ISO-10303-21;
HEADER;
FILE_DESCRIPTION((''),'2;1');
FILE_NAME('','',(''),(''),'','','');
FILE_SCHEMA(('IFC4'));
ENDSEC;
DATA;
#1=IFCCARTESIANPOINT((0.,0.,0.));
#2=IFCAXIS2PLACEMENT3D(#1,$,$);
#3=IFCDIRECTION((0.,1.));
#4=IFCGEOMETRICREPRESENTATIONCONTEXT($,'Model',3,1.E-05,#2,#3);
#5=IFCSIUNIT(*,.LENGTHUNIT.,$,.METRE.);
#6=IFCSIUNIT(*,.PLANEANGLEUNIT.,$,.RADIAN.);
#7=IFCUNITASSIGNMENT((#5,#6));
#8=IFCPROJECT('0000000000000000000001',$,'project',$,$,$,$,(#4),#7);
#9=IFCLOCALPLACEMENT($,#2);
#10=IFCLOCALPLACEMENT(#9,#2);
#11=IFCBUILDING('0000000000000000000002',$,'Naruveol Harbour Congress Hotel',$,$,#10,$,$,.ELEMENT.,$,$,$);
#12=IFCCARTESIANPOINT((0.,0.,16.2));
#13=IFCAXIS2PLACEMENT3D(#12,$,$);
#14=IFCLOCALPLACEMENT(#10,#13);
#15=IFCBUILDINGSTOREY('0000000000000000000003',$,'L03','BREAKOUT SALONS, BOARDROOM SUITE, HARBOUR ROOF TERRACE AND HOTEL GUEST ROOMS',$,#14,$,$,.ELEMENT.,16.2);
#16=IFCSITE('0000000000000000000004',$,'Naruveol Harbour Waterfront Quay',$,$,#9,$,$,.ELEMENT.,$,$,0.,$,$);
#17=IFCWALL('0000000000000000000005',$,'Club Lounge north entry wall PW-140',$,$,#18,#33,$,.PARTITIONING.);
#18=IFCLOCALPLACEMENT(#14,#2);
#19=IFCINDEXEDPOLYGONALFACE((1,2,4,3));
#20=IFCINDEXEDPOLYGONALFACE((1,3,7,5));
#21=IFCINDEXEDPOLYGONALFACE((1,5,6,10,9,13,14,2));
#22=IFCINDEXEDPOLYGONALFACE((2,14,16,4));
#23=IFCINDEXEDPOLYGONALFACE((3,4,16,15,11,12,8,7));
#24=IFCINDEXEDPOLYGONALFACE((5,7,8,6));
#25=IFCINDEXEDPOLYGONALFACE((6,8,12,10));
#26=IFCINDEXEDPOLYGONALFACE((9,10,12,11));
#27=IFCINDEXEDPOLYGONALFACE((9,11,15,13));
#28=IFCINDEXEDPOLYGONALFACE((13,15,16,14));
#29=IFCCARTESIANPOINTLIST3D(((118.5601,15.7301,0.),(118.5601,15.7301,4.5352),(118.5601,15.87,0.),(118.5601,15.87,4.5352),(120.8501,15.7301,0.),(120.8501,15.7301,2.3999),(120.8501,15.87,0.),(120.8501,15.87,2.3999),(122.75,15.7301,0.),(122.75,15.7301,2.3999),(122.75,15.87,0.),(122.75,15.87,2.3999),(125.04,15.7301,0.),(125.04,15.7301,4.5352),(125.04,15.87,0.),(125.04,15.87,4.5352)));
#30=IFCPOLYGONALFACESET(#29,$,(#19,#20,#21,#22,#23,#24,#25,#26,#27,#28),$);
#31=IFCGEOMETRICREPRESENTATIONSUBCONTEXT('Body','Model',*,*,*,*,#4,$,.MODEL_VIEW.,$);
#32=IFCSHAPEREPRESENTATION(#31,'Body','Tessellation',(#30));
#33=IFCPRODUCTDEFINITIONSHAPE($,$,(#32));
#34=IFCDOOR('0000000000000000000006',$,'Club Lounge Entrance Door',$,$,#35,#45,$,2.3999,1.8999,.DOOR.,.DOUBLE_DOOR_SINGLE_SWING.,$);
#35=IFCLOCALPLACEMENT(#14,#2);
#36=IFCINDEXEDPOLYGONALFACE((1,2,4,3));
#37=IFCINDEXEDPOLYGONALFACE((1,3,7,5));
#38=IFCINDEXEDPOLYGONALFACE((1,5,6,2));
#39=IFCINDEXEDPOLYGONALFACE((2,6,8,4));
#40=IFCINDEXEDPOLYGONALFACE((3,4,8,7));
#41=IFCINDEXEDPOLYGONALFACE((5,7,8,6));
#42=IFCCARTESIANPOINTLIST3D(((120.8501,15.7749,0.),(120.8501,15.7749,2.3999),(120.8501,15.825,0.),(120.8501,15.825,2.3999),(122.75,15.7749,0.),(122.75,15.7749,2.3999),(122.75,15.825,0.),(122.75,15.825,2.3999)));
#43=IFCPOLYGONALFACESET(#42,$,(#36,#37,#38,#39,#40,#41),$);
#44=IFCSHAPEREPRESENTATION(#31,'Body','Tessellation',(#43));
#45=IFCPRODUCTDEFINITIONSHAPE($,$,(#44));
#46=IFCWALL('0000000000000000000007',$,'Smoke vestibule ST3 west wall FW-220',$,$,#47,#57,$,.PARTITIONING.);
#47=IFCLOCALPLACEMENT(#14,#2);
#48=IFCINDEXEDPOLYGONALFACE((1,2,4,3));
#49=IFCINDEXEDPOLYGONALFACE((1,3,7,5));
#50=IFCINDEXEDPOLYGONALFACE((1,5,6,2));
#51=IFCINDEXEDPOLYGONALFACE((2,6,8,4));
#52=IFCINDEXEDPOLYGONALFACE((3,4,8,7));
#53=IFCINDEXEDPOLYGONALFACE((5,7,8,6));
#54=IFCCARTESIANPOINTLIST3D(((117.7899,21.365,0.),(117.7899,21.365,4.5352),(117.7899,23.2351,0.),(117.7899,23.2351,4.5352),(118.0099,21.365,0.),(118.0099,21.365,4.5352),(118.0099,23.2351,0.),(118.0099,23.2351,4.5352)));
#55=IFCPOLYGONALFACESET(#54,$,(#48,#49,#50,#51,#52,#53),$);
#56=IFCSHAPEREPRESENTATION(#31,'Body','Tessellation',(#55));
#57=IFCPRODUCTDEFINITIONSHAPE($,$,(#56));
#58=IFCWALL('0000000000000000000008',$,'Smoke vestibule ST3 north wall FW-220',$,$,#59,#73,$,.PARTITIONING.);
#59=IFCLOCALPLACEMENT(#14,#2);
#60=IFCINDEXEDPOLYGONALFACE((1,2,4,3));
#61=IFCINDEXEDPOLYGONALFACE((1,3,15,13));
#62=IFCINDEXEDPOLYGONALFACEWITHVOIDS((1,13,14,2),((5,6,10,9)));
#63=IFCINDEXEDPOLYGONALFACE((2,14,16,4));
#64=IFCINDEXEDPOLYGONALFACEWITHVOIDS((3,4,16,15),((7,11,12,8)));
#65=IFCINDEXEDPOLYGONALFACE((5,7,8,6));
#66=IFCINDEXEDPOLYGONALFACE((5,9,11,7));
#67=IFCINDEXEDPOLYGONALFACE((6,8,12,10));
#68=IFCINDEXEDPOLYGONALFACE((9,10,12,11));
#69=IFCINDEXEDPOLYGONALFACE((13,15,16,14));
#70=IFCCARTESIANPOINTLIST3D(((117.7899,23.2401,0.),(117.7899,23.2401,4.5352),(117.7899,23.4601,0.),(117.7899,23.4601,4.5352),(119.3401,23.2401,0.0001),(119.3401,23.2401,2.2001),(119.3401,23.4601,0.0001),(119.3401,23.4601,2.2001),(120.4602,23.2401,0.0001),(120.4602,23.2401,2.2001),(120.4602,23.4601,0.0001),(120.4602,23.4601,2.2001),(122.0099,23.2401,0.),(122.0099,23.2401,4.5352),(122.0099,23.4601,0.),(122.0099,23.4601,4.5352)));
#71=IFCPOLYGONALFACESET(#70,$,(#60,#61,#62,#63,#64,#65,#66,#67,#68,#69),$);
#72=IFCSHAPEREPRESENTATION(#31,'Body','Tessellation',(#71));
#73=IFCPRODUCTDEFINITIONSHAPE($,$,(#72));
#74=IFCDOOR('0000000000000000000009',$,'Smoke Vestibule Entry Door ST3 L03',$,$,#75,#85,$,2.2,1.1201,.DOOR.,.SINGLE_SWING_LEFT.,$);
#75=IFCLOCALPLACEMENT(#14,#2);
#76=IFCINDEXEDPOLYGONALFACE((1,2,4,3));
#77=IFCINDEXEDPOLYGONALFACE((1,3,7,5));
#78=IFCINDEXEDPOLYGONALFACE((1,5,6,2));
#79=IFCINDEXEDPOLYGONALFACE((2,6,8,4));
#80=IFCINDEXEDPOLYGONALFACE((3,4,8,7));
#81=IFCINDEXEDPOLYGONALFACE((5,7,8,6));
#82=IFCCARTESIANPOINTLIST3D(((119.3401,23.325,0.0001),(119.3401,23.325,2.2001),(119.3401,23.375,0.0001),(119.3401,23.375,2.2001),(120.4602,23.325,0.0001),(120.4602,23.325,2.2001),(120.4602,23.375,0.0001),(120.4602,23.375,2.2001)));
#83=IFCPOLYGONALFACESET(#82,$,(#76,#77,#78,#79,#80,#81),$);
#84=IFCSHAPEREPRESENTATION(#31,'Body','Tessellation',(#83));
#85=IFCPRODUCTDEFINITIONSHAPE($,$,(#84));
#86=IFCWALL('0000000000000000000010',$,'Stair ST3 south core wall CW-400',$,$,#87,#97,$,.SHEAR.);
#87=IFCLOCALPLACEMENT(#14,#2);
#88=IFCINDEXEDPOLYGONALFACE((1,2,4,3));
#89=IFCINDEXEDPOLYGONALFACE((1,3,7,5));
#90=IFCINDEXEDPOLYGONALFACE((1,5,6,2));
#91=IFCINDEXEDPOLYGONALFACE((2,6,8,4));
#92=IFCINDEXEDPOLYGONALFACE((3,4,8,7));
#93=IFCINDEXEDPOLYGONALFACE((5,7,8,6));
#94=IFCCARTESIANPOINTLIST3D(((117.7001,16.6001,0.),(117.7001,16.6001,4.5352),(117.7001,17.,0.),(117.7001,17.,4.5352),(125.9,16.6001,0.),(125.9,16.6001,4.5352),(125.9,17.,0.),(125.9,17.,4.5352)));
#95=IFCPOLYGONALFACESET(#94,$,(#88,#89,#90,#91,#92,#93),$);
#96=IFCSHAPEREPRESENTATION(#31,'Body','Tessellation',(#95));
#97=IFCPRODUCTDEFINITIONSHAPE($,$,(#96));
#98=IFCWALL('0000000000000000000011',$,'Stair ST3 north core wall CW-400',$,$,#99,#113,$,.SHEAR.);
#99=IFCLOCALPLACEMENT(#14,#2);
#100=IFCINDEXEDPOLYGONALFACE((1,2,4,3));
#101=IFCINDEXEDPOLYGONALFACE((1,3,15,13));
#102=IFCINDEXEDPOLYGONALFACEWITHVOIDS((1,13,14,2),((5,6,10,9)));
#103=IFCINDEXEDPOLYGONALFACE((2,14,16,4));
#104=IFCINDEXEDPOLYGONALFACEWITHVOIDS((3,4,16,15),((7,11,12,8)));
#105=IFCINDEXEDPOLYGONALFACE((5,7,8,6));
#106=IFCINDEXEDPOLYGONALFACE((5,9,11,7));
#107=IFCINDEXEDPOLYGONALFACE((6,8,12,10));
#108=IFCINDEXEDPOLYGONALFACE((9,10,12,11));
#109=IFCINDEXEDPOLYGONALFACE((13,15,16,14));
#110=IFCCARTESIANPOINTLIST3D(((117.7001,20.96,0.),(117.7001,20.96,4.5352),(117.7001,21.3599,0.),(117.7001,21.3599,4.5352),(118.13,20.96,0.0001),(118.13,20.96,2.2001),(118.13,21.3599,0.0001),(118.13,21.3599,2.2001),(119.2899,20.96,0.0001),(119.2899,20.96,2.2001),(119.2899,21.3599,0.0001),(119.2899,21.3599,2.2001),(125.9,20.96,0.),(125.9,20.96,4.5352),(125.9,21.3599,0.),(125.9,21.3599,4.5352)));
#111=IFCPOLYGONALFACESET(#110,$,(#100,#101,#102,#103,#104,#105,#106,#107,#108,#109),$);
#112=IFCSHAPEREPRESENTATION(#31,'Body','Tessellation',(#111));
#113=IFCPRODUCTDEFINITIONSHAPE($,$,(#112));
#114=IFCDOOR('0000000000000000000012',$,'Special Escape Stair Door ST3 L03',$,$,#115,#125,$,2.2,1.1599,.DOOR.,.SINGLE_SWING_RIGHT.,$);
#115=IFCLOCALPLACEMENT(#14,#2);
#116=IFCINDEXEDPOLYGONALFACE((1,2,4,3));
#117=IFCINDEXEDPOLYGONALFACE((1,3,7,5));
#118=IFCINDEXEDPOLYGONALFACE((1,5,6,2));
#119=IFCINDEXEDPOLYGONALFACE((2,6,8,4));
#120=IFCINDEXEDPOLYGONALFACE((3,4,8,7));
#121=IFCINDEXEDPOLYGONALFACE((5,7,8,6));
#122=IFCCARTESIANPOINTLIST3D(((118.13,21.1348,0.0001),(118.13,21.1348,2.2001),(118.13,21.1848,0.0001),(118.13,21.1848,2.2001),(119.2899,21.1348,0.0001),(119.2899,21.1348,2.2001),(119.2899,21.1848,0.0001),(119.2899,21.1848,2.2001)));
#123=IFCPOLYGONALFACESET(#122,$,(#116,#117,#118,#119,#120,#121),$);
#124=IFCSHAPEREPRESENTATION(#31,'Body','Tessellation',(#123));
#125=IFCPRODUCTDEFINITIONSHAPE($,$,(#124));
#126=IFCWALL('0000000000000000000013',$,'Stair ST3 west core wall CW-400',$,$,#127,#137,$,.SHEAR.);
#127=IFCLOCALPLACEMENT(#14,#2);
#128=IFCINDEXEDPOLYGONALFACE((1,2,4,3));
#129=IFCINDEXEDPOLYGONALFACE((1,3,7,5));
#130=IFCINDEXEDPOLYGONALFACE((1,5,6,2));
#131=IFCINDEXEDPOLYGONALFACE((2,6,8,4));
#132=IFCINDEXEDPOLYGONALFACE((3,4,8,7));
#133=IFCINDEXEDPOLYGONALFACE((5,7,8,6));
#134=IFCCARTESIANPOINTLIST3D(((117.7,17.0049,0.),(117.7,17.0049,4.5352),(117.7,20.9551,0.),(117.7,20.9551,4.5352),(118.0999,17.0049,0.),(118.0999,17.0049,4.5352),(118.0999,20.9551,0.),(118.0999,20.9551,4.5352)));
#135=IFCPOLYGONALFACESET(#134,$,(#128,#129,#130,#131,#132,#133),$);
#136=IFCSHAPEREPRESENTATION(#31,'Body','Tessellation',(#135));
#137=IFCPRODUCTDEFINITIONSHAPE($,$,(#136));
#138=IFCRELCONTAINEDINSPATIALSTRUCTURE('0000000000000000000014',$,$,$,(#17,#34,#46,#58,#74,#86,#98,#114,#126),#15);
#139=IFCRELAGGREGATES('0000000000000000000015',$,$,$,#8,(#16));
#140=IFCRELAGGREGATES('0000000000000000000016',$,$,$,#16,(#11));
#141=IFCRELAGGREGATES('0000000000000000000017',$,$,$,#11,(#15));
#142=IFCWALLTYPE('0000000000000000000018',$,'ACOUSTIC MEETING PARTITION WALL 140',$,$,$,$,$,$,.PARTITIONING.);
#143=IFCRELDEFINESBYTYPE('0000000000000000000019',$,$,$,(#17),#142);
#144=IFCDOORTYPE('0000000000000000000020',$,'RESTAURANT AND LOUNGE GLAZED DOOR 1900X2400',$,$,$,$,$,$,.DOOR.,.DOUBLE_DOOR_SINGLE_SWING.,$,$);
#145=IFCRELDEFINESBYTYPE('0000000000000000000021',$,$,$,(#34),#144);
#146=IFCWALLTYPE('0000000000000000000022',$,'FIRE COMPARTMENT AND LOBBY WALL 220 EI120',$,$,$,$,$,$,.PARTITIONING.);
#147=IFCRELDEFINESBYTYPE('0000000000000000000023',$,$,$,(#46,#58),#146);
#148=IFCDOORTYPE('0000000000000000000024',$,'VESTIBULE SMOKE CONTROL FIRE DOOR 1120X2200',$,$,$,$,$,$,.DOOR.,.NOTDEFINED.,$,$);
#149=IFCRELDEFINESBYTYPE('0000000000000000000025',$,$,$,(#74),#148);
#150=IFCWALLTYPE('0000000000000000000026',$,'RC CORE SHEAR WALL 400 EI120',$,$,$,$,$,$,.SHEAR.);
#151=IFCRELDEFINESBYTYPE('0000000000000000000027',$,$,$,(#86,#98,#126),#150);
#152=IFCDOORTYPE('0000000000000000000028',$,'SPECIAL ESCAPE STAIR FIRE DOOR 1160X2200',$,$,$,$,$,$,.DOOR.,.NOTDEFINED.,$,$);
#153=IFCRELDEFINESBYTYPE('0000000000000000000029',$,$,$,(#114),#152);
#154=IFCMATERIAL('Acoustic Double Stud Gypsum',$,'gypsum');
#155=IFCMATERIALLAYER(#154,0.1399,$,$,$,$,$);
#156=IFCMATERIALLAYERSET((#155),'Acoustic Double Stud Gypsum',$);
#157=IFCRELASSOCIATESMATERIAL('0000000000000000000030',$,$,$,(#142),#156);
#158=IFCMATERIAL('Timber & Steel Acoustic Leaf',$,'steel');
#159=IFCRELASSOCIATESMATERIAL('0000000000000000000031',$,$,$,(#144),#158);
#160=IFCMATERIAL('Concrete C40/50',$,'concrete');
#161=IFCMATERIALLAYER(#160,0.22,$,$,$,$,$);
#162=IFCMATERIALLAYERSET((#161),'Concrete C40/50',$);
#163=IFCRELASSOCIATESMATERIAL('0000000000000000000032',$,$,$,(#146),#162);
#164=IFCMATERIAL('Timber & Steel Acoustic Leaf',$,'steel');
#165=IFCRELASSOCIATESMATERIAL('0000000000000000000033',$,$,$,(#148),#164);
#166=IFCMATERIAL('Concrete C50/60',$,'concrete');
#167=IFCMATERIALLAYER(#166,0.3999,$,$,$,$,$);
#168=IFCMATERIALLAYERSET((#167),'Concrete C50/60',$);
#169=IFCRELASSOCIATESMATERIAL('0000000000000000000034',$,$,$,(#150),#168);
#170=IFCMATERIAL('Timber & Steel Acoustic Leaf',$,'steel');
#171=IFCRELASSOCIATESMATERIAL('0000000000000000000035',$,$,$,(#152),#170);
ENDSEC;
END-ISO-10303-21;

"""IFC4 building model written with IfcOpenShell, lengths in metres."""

from ifc_helpers import new_model, si_unit, direction, frame, frame_2d, origin, place, context, subcontext, project, spatial, rectangle, extrude, material, layer, layer_set, type_object, element, fill, save


model = new_model("IFC4")

# Units and contexts
model_context = context("Model", 3, precision=1e-05, world=origin(), true_north=direction((0.0, 1.0)))
body_context = subcontext(model_context, "Body", "Model", "MODEL_VIEW")
ifc_project = project(units=[si_unit("LENGTHUNIT", "METRE"), si_unit("PLANEANGLEUNIT", "RADIAN")], contexts=[model_context])

# Site, building, storey
site_placement = place(None, origin())
site = spatial("IfcSite", under=ifc_project, at=site_placement, Name="Naruveol Harbour Waterfront Quay", CompositionType="ELEMENT", RefElevation=0.0)
building_placement = place(site_placement, origin())
building = spatial("IfcBuilding", under=site, at=building_placement, Name="Naruveol Harbour Congress Hotel", CompositionType="ELEMENT")
storey_placement = place(building_placement, frame((0.0, 0.0, 16.2)))
storey = spatial("IfcBuildingStorey", under=building, at=storey_placement, Name="L03", Description="BREAKOUT SALONS, BOARDROOM SUITE, HARBOUR ROOF TERRACE AND HOTEL GUEST ROOMS", CompositionType="ELEMENT", Elevation=16.2)

# Wall, opening, door
ifc_material_1 = material(Name="Acoustic Double Stud Gypsum", Category="gypsum")
ifc_layer_1 = layer(ifc_material_1, 0.1399)
ifc_layer_set_1 = layer_set([ifc_layer_1], Name="Acoustic Double Stud Gypsum")
wall_type_1 = type_object("IfcWallType", Name="ACOUSTIC MEETING PARTITION WALL 140", PredefinedType="PARTITIONING", material=ifc_layer_set_1)
wall_1_placement = place(storey_placement, frame((118.5601, 15.8, 0.0), z_axis=(0.0, 0.0, 1.0), x_axis=(1.0, 0.0, 0.0)))
wall_1 = element("IfcWall", 1, at=wall_1_placement, inside=storey, type_object=wall_type_1, Name="Club Lounge north entry wall PW-140", PredefinedType="PARTITIONING", context=body_context, shape_type="SweptSolid", body=[
    extrude(rectangle(XDim=6.48, YDim=0.1399, at=frame_2d((3.24, 0.0))), origin(), (0.0, 0.0, 1.0), 4.5352),
])
opening_1_placement = place(wall_1_placement, frame((2.29, 0.0, 0.0)))
opening_1 = element("IfcOpeningElement", 2, at=opening_1_placement, cuts=wall_1, PredefinedType="OPENING", context=body_context, shape_type="SweptSolid", body=[
    extrude(rectangle(XDim=1.8999, YDim=2.3999, at=frame_2d((0.95, 1.2))), frame((0.0, 0.0798, 0.0), z_axis=(0.0, -1.0, 0.0), x_axis=(1.0, 0.0, 0.0)), (0.0, 0.0, 1.0), 0.1599),
])
ifc_material_2 = material(Name="Timber & Steel Acoustic Leaf", Category="steel")
door_type_1 = type_object("IfcDoorType", Name="RESTAURANT AND LOUNGE GLAZED DOOR 1900X2400", OperationType="DOUBLE_DOOR_SINGLE_SWING", PredefinedType="DOOR", material=ifc_material_2)
door_1_placement = place(opening_1_placement, origin())
door_1 = element("IfcDoor", 3, at=door_1_placement, inside=storey, type_object=door_type_1, Name="Club Lounge Entrance Door", OperationType="DOUBLE_DOOR_SINGLE_SWING", OverallHeight=2.3999, OverallWidth=1.8999, PredefinedType="DOOR", context=body_context, shape_type="SweptSolid", body=[
    extrude(rectangle(XDim=1.8999, YDim=2.3999, at=frame_2d((0.95, 1.2))), frame((0.0, 0.0249, 0.0), z_axis=(0.0, -1.0, 0.0), x_axis=(1.0, 0.0, 0.0)), (0.0, 0.0, 1.0), 0.05),
])
fill(opening_1, door_1)

# Wall
ifc_material_3 = material(Name="Concrete C40/50", Category="concrete")
ifc_layer_2 = layer(ifc_material_3, 0.22)
ifc_layer_set_2 = layer_set([ifc_layer_2], Name="Concrete C40/50")
wall_type_2 = type_object("IfcWallType", Name="FIRE COMPARTMENT AND LOBBY WALL 220 EI120", PredefinedType="PARTITIONING", material=ifc_layer_set_2)
wall_2_placement = place(storey_placement, frame((117.8999, 21.365, 0.0), z_axis=(0.0, 0.0, 1.0), x_axis=(0.0, 1.0, 0.0)))
element("IfcWall", 4, at=wall_2_placement, inside=storey, type_object=wall_type_2, Name="Smoke vestibule ST3 west wall FW-220", PredefinedType="PARTITIONING", context=body_context, shape_type="SweptSolid", body=[
    extrude(rectangle(XDim=1.8701, YDim=0.22, at=frame_2d((0.9351, 0.0))), origin(), (0.0, 0.0, 1.0), 4.5352),
])

# Wall, opening, door
wall_3_placement = place(storey_placement, frame((117.79, 23.3501, 0.0), z_axis=(0.0, 0.0, 1.0), x_axis=(1.0, 0.0, 0.0)))
wall_3 = element("IfcWall", 5, at=wall_3_placement, inside=storey, type_object=wall_type_2, Name="Smoke vestibule ST3 north wall FW-220", PredefinedType="PARTITIONING", context=body_context, shape_type="SweptSolid", body=[
    extrude(rectangle(XDim=4.22, YDim=0.22, at=frame_2d((2.1099, 0.0))), origin(), (0.0, 0.0, 1.0), 4.5352),
])
opening_2_placement = place(wall_3_placement, frame((1.55, 0.0, 0.0)))
opening_2 = element("IfcOpeningElement", 6, at=opening_2_placement, cuts=wall_3, PredefinedType="OPENING", context=body_context, shape_type="SweptSolid", body=[
    extrude(rectangle(XDim=1.1201, YDim=2.2, at=frame_2d((0.5601, 1.1001))), frame((0.0, 0.1199, 0.0), z_axis=(0.0, -1.0, 0.0), x_axis=(1.0, 0.0, 0.0)), (0.0, 0.0, 1.0), 0.24),
])
ifc_material_4 = material(Name="Timber & Steel Acoustic Leaf", Category="steel")
door_type_2 = type_object("IfcDoorType", Name="VESTIBULE SMOKE CONTROL FIRE DOOR 1120X2200", OperationType="NOTDEFINED", PredefinedType="DOOR", material=ifc_material_4)
door_2_placement = place(opening_2_placement, origin())
door_2 = element("IfcDoor", 7, at=door_2_placement, inside=storey, type_object=door_type_2, Name="Smoke Vestibule Entry Door ST3 L03", OperationType="SINGLE_SWING_LEFT", OverallHeight=2.2, OverallWidth=1.1201, PredefinedType="DOOR", context=body_context, shape_type="SweptSolid", body=[
    extrude(rectangle(XDim=1.1201, YDim=2.2, at=frame_2d((0.5601, 1.1001))), frame((0.0, 0.0249, 0.0), z_axis=(0.0, -1.0, 0.0), x_axis=(1.0, 0.0, 0.0)), (0.0, 0.0, 1.0), 0.05),
])
fill(opening_2, door_2)

# Wall
ifc_material_5 = material(Name="Concrete C50/60", Category="concrete")
ifc_layer_3 = layer(ifc_material_5, 0.3999)
ifc_layer_set_3 = layer_set([ifc_layer_3], Name="Concrete C50/60")
wall_type_3 = type_object("IfcWallType", Name="RC CORE SHEAR WALL 400 EI120", PredefinedType="SHEAR", material=ifc_layer_set_3)
wall_4_placement = place(storey_placement, frame((117.7, 16.8, 0.0), z_axis=(0.0, 0.0, 1.0), x_axis=(1.0, 0.0, 0.0)))
element("IfcWall", 8, at=wall_4_placement, inside=storey, type_object=wall_type_3, Name="Stair ST3 south core wall CW-400", PredefinedType="SHEAR", context=body_context, shape_type="SweptSolid", body=[
    extrude(rectangle(XDim=8.2, YDim=0.3999, at=frame_2d((4.1001, 0.0))), origin(), (0.0, 0.0, 1.0), 4.5352),
])

# Wall, opening, door
wall_5_placement = place(storey_placement, frame((117.7, 21.1599, 0.0), z_axis=(0.0, 0.0, 1.0), x_axis=(1.0, 0.0, 0.0)))
wall_5 = element("IfcWall", 9, at=wall_5_placement, inside=storey, type_object=wall_type_3, Name="Stair ST3 north core wall CW-400", PredefinedType="SHEAR", context=body_context, shape_type="SweptSolid", body=[
    extrude(rectangle(XDim=8.2, YDim=0.3999, at=frame_2d((4.1001, 0.0))), origin(), (0.0, 0.0, 1.0), 4.5352),
])
opening_3_placement = place(wall_5_placement, frame((0.4299, 0.0, 0.0)))
opening_3 = element("IfcOpeningElement", 10, at=opening_3_placement, cuts=wall_5, PredefinedType="OPENING", context=body_context, shape_type="SweptSolid", body=[
    extrude(rectangle(XDim=1.1599, YDim=2.2, at=frame_2d((0.5801, 1.1001))), frame((0.0, 0.21, 0.0), z_axis=(0.0, -1.0, 0.0), x_axis=(1.0, 0.0, 0.0)), (0.0, 0.0, 1.0), 0.4199),
])
ifc_material_6 = material(Name="Timber & Steel Acoustic Leaf", Category="steel")
door_type_3 = type_object("IfcDoorType", Name="SPECIAL ESCAPE STAIR FIRE DOOR 1160X2200", OperationType="NOTDEFINED", PredefinedType="DOOR", material=ifc_material_6)
door_3_placement = place(opening_3_placement, origin())
door_3 = element("IfcDoor", 11, at=door_3_placement, inside=storey, type_object=door_type_3, Name="Special Escape Stair Door ST3 L03", OperationType="SINGLE_SWING_RIGHT", OverallHeight=2.2, OverallWidth=1.1599, PredefinedType="DOOR", context=body_context, shape_type="SweptSolid", body=[
    extrude(rectangle(XDim=1.1599, YDim=2.2, at=frame_2d((0.5801, 1.1001))), frame((0.0, 0.0249, 0.0), z_axis=(0.0, -1.0, 0.0), x_axis=(1.0, 0.0, 0.0)), (0.0, 0.0, 1.0), 0.05),
])
fill(opening_3, door_3)

# Wall
wall_6_placement = place(storey_placement, frame((117.8999, 17.0049, 0.0), z_axis=(0.0, 0.0, 1.0), x_axis=(0.0, 1.0, 0.0)))
element("IfcWall", 12, at=wall_6_placement, inside=storey, type_object=wall_type_3, Name="Stair ST3 west core wall CW-400", PredefinedType="SHEAR", context=body_context, shape_type="SweptSolid", body=[
    extrude(rectangle(XDim=3.9502, YDim=0.3999, at=frame_2d((1.9751, 0.0))), origin(), (0.0, 0.0, 1.0), 4.5352),
])

save(model, "model.ifc")
